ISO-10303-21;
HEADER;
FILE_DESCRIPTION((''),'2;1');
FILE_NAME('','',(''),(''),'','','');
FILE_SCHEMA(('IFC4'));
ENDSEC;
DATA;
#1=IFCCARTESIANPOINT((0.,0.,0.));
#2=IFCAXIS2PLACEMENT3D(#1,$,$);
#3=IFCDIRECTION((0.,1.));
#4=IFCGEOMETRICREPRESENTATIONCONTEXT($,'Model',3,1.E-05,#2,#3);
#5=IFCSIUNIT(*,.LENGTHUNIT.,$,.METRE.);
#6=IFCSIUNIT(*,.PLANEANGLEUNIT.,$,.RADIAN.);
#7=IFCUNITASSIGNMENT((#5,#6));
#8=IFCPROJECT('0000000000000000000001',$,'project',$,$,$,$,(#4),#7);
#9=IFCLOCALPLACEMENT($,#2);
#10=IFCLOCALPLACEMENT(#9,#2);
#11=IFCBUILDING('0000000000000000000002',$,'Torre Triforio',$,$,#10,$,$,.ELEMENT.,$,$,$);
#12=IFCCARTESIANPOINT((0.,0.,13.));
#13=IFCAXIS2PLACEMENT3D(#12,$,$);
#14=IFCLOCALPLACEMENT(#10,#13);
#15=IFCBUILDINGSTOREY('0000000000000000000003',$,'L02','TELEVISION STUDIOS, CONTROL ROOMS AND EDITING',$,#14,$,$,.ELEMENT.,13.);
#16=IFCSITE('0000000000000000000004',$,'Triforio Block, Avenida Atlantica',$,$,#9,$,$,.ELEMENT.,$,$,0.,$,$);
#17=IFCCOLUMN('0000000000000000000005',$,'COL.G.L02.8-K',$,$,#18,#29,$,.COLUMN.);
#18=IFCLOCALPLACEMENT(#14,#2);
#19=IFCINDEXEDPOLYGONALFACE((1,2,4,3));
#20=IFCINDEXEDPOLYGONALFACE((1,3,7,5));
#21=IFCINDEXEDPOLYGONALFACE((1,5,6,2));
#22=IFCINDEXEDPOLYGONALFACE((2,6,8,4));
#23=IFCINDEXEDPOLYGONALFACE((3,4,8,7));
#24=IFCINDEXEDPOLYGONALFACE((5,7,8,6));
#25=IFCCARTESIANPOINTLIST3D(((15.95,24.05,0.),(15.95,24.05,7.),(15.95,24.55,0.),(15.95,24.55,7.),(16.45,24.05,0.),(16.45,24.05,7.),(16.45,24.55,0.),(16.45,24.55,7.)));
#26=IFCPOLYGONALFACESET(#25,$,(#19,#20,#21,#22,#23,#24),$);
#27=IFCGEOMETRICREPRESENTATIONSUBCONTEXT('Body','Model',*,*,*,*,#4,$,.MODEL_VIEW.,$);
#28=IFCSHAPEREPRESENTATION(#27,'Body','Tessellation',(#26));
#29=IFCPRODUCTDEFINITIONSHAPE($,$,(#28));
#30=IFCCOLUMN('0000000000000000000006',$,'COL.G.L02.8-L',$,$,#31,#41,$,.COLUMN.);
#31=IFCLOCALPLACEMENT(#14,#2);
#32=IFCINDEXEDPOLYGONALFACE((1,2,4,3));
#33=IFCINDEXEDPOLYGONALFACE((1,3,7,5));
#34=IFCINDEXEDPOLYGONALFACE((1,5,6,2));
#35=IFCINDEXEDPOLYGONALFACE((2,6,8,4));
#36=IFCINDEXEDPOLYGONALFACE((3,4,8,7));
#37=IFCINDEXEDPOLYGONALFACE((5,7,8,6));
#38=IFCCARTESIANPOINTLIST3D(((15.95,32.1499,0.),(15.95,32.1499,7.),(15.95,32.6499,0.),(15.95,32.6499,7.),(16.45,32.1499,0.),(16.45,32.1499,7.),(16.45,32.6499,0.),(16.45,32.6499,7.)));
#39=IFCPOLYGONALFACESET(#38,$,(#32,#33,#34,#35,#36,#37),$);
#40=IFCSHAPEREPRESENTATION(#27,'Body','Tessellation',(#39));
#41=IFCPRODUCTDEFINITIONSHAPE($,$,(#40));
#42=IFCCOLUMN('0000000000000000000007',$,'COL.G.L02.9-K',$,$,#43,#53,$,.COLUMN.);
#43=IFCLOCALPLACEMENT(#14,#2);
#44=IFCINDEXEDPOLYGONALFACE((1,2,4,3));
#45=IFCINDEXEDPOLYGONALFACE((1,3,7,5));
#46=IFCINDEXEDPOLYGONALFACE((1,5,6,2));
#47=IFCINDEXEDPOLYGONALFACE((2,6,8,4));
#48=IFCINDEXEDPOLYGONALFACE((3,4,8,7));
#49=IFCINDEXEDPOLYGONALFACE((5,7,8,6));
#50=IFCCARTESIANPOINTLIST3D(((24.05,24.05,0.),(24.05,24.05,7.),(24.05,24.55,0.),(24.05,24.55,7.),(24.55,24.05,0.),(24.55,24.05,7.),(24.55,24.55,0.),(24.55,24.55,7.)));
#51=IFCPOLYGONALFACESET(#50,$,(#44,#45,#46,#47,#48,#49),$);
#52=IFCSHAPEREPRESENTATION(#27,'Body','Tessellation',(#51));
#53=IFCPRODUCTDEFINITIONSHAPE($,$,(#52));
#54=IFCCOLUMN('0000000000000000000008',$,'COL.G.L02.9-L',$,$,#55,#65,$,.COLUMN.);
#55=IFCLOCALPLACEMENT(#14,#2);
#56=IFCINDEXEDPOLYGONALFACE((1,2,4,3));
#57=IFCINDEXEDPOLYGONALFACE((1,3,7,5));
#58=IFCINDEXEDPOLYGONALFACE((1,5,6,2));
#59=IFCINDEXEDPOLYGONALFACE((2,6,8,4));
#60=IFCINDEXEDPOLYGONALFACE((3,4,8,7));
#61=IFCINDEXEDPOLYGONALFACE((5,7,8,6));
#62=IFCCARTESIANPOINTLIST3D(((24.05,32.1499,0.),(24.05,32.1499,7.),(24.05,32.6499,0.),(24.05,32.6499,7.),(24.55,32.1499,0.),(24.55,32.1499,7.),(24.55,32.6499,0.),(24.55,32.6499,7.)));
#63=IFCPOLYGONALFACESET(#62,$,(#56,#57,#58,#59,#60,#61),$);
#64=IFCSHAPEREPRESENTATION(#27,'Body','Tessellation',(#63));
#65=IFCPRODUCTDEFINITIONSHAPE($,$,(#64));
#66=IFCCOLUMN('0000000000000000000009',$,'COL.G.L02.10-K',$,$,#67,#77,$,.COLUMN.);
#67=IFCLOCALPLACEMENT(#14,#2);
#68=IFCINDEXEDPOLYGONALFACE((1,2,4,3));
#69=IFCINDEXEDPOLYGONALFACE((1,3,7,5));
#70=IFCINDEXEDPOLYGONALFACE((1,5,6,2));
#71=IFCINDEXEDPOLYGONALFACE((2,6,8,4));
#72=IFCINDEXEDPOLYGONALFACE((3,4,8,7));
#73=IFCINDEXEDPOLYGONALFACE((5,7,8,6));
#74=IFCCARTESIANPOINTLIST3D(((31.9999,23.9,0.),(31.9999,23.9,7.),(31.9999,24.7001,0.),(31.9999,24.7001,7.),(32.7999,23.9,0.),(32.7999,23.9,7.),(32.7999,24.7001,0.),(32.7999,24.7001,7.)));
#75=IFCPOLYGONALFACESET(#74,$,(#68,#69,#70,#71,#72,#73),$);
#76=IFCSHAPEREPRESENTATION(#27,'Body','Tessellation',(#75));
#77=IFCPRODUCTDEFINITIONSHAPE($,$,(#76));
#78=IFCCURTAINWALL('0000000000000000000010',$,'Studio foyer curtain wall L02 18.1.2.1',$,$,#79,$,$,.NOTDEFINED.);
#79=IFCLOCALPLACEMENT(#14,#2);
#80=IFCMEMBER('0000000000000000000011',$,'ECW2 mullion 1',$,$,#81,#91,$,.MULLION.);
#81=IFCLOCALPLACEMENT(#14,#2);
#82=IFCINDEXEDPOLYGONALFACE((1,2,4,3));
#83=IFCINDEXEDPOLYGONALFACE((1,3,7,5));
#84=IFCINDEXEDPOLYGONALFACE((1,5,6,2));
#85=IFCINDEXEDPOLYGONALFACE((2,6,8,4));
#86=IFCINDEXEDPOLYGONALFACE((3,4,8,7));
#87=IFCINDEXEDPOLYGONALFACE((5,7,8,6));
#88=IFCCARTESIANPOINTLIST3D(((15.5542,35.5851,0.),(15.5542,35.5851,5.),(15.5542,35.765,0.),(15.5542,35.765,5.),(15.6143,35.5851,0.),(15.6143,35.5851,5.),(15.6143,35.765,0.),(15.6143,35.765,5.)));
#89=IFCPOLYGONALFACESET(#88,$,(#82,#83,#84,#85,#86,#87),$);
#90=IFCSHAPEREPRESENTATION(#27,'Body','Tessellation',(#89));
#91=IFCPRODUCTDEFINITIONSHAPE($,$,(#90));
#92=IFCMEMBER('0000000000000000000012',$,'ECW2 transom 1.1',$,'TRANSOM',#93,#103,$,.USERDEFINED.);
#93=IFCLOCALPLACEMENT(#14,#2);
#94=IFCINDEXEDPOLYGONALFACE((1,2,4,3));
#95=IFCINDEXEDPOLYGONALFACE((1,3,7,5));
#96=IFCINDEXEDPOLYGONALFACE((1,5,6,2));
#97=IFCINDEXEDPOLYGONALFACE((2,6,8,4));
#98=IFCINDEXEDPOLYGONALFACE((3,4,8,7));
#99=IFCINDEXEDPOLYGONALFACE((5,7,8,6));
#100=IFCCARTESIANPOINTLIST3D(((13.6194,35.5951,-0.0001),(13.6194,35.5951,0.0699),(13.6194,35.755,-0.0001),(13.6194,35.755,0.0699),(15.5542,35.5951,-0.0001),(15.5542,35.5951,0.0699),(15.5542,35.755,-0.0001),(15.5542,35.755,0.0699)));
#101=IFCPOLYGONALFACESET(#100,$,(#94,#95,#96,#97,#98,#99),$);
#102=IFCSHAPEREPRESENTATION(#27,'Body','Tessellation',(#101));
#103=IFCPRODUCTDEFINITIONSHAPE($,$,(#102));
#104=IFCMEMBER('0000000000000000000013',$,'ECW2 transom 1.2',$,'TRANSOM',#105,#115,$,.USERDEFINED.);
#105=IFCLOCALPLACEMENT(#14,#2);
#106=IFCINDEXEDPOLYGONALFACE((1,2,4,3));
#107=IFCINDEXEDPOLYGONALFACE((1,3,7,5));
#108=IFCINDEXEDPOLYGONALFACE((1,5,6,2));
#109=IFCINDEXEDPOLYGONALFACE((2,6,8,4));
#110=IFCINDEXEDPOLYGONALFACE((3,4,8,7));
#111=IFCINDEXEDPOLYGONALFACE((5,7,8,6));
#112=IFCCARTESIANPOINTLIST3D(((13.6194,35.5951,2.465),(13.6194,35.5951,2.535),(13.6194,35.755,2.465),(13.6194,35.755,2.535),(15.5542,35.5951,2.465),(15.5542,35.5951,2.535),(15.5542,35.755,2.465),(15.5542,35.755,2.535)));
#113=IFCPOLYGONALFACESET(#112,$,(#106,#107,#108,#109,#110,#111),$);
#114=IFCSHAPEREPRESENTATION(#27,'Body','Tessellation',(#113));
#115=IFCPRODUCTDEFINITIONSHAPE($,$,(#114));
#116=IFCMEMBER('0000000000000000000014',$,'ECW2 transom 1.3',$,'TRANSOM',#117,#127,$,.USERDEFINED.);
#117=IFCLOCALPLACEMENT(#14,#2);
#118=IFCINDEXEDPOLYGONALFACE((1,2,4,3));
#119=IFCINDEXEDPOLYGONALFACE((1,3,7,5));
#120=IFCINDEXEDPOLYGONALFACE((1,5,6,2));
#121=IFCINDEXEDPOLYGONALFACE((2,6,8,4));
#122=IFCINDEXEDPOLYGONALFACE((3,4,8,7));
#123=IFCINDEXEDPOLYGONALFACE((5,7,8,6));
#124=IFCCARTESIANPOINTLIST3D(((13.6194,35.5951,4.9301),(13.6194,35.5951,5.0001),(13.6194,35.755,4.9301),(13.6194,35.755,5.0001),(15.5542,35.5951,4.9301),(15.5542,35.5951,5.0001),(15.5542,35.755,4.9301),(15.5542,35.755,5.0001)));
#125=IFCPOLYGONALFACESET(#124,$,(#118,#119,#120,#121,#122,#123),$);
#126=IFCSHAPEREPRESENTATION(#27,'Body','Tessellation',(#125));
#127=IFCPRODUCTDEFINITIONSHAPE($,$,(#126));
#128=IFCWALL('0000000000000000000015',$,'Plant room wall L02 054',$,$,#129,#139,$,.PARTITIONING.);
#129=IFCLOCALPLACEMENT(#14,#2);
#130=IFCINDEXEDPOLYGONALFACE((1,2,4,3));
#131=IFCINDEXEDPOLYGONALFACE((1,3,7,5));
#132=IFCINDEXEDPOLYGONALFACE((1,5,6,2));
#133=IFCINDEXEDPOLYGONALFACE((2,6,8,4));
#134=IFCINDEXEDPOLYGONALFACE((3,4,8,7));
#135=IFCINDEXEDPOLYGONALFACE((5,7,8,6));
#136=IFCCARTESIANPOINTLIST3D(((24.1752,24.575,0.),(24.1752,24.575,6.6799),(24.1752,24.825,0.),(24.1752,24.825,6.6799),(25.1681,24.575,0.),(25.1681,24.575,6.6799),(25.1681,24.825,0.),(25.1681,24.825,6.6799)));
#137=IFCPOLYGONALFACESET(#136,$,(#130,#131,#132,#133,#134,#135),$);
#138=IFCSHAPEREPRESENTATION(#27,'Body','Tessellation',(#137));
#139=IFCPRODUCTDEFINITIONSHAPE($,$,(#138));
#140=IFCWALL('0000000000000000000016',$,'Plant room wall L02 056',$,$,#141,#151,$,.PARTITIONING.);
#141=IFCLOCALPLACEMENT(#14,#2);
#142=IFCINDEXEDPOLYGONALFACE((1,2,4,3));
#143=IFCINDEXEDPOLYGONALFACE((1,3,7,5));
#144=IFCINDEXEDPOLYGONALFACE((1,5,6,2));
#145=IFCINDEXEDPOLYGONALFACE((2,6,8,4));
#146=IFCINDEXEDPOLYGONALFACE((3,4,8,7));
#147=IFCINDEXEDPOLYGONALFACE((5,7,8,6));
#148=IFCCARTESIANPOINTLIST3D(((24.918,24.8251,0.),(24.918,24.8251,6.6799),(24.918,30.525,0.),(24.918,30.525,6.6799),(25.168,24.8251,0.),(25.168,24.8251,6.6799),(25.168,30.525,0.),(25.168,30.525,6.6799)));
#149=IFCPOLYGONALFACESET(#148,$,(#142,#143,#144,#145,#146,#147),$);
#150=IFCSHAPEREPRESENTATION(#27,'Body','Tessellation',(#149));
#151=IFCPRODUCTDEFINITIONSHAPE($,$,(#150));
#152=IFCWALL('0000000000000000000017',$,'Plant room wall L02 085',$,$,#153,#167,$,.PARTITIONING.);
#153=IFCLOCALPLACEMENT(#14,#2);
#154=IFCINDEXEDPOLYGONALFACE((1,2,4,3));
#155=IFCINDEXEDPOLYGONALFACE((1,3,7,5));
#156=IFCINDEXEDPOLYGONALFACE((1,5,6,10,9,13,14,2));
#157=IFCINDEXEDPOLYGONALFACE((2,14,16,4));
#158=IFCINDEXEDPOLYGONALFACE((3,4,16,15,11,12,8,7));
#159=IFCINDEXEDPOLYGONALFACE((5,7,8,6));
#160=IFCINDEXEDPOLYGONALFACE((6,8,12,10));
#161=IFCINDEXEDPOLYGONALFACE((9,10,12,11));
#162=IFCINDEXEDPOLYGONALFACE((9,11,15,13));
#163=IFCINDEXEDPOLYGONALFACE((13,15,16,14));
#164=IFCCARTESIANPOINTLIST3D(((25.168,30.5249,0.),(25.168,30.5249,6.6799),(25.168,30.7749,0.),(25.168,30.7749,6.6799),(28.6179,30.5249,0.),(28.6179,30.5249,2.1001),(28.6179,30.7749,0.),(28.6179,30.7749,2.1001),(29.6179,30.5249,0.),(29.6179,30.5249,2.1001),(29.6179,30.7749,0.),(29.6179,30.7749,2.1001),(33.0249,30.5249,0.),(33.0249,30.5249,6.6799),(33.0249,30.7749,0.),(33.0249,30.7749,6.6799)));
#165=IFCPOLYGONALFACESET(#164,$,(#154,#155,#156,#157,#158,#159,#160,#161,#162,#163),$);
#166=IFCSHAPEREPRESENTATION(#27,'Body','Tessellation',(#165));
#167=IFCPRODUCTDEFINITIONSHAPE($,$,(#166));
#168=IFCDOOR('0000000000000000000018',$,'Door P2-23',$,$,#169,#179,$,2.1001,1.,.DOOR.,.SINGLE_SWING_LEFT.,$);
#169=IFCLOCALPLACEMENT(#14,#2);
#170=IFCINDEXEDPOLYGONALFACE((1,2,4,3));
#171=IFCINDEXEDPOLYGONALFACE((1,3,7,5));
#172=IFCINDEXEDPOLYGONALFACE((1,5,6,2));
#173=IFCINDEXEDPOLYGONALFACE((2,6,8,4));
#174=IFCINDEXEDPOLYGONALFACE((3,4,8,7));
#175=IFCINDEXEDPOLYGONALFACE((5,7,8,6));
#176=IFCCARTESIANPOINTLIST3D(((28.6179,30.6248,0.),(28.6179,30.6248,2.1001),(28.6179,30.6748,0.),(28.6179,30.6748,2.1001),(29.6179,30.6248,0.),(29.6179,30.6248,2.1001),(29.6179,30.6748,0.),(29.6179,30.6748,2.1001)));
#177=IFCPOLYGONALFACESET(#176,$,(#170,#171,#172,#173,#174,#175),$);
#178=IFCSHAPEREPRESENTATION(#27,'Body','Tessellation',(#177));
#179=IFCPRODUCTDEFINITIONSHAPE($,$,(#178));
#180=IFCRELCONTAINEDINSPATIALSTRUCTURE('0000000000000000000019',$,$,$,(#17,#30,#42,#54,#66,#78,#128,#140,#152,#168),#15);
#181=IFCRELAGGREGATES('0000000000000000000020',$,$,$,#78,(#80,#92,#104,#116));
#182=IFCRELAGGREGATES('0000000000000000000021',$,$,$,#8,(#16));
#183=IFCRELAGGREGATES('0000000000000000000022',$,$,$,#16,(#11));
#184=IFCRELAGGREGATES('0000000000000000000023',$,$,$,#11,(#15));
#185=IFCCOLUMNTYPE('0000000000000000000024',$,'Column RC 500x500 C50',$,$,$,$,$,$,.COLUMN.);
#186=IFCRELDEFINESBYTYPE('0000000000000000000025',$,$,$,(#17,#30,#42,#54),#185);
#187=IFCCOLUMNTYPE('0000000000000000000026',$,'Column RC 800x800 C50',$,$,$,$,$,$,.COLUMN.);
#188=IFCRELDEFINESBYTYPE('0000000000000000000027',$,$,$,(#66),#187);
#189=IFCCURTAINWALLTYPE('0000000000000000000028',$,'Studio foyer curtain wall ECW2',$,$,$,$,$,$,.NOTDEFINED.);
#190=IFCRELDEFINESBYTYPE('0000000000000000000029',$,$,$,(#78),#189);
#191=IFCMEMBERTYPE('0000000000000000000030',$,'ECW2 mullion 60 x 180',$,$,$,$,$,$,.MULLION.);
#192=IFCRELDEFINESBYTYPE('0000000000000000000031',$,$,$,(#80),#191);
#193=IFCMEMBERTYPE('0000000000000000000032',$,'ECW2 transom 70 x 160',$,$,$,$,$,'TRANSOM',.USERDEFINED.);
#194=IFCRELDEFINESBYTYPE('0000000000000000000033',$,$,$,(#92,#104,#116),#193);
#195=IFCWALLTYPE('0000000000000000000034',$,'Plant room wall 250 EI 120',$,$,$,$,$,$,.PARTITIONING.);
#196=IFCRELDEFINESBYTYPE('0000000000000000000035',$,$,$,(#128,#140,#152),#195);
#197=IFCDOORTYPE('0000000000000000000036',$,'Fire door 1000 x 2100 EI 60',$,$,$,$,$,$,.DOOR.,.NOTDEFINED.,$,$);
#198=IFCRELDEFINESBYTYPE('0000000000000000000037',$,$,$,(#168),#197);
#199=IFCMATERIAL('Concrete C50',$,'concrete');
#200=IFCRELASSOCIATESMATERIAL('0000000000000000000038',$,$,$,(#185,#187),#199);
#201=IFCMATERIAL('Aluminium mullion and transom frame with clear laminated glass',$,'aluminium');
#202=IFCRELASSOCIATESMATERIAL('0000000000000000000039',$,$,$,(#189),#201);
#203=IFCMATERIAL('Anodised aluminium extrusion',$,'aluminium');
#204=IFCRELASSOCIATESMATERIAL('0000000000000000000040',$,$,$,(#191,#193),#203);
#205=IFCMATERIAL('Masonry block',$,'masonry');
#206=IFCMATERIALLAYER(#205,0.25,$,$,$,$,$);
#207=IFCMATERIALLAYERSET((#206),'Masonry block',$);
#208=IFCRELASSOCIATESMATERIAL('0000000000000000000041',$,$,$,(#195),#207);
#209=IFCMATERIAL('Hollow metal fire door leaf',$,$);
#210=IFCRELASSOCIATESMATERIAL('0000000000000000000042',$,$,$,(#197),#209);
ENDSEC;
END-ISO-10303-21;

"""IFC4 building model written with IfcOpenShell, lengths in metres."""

from ifc_helpers import new_model, si_unit, direction, frame, frame_2d, origin, origin_2d, place, context, subcontext, project, spatial, rectangle, extrude, material, layer, layer_set, material_profile, profile_set, type_object, element, fill, aggregate, save


model = new_model("IFC4")

# Units and contexts
model_context = context("Model", 3, precision=1e-05, world=origin(), true_north=direction((0.0, 1.0)))
body_context = subcontext(model_context, "Body", "Model", "MODEL_VIEW")
ifc_project = project(units=[si_unit("LENGTHUNIT", "METRE"), si_unit("PLANEANGLEUNIT", "RADIAN")], contexts=[model_context])

# Site, building, storey
site_placement = place(None, origin())
site = spatial("IfcSite", under=ifc_project, at=site_placement, Name="Triforio Block, Avenida Atlantica", CompositionType="ELEMENT", RefElevation=0.0)
building_placement = place(site_placement, origin())
building = spatial("IfcBuilding", under=site, at=building_placement, Name="Torre Triforio", CompositionType="ELEMENT")
storey_placement = place(building_placement, frame((0.0, 0.0, 13.0)))
storey = spatial("IfcBuildingStorey", under=building, at=storey_placement, Name="L02", Description="TELEVISION STUDIOS, CONTROL ROOMS AND EDITING", CompositionType="ELEMENT", Elevation=13.0)

# Columns
ifc_material_1 = material(Name="Concrete C50", Category="concrete")
ifc_material_profile_1 = material_profile(ifc_material_1, rectangle(XDim=0.5, YDim=0.5, at=origin_2d()), Name="RC 500x500")
ifc_profile_set_1 = profile_set([ifc_material_profile_1], Name="Concrete C50")
column_type_1 = type_object("IfcColumnType", Name="Column RC 500x500 C50", PredefinedType="COLUMN", material=ifc_profile_set_1)
for number, where, z_axis, x_axis, name in (
    (1, (16.2, 24.3, 0.0), (0.0, 0.0, 1.0), (1.0, 0.0, 0.0), "COL.G.L02.8-K"),
    (2, (16.2, 32.3999, 0.0), (0.0, 0.0, 1.0), (1.0, 0.0, 0.0), "COL.G.L02.8-L"),
    (3, (24.3, 24.3, 0.0), (0.0, 0.0, 1.0), (1.0, 0.0, 0.0), "COL.G.L02.9-K"),
    (4, (24.3, 32.3999, 0.0), (0.0, 0.0, 1.0), (1.0, 0.0, 0.0), "COL.G.L02.9-L"),
):
    element("IfcColumn", number, at=place(storey_placement, frame(where, z_axis=z_axis, x_axis=x_axis)), inside=storey, type_object=column_type_1, Name=name, PredefinedType="COLUMN", context=body_context, shape_type="SweptSolid", body=[
        extrude(rectangle(XDim=0.5, YDim=0.5, at=origin_2d()), origin(), (0.0, 0.0, 1.0), 7.0),
    ])
ifc_material_profile_2 = material_profile(ifc_material_1, rectangle(XDim=0.8, YDim=0.8, at=origin_2d()), Name="RC 800x800")
ifc_profile_set_2 = profile_set([ifc_material_profile_2], Name="Concrete C50")
column_type_2 = type_object("IfcColumnType", Name="Column RC 800x800 C50", PredefinedType="COLUMN", material=ifc_profile_set_2)
column_placement = place(storey_placement, frame((32.3999, 24.3, 0.0), z_axis=(0.0, 0.0, 1.0), x_axis=(1.0, 0.0, 0.0)))
element("IfcColumn", 5, at=column_placement, inside=storey, type_object=column_type_2, Name="COL.G.L02.10-K", PredefinedType="COLUMN", context=body_context, shape_type="SweptSolid", body=[
    extrude(rectangle(XDim=0.8, YDim=0.8, at=origin_2d()), origin(), (0.0, 0.0, 1.0), 7.0),
])

# Curtain wall, members
ifc_material_2 = material(Name="Aluminium mullion and transom frame with clear laminated glass", Category="aluminium")
curtain_wall_type = type_object("IfcCurtainWallType", Name="Studio foyer curtain wall ECW2", PredefinedType="NOTDEFINED", material=ifc_material_2)
curtain_wall_placement = place(storey_placement, origin())
curtain_wall = element("IfcCurtainWall", 6, at=curtain_wall_placement, inside=storey, type_object=curtain_wall_type, Name="Studio foyer curtain wall L02 18.1.2.1", PredefinedType="NOTDEFINED")
ifc_material_3 = material(Name="Anodised aluminium extrusion", Category="aluminium")
ifc_material_profile_3 = material_profile(ifc_material_3, rectangle(XDim=0.1799, YDim=0.0601, at=origin_2d()), Name="ECW2 MULLION 60x180")
ifc_profile_set_3 = profile_set([ifc_material_profile_3], Name="Anodised aluminium extrusion")
member_type_1 = type_object("IfcMemberType", Name="ECW2 mullion 60 x 180", PredefinedType="MULLION", material=ifc_profile_set_3)
member_1_placement = place(storey_placement, frame((15.5842, 35.675, 0.0), z_axis=(0.0, 0.0, 1.0), x_axis=(0.0, -1.0, 0.0)))
member_1 = element("IfcMember", 7, at=member_1_placement, type_object=member_type_1, Name="ECW2 mullion 1", PredefinedType="MULLION", context=body_context, shape_type="SweptSolid", body=[
    extrude(rectangle(XDim=0.1799, YDim=0.0601, at=origin_2d()), origin(), (0.0, 0.0, 1.0), 5.0),
])
ifc_material_profile_4 = material_profile(ifc_material_3, rectangle(XDim=0.1599, YDim=0.0701, at=origin_2d()), Name="ECW2 TRANSOM 70x160")
ifc_profile_set_4 = profile_set([ifc_material_profile_4], Name="Anodised aluminium extrusion")
member_type_2 = type_object("IfcMemberType", Name="ECW2 transom 70 x 160", ElementType="TRANSOM", PredefinedType="USERDEFINED", material=ifc_profile_set_4)
member_2_placement = place(storey_placement, frame((15.5542, 35.675, 0.0349), z_axis=(-1.0, 0.0, 0.0), x_axis=(0.0, -1.0, 0.0)))
member_2 = element("IfcMember", 8, at=member_2_placement, type_object=member_type_2, Name="ECW2 transom 1.1", ObjectType="TRANSOM", PredefinedType="USERDEFINED", context=body_context, shape_type="SweptSolid", body=[
    extrude(rectangle(XDim=0.1599, YDim=0.0701, at=origin_2d()), origin(), (0.0, 0.0, 1.0), 1.9348),
])
member_3_placement = place(storey_placement, frame((15.5542, 35.675, 2.5), z_axis=(-1.0, 0.0, 0.0), x_axis=(0.0, -1.0, 0.0)))
member_3 = element("IfcMember", 9, at=member_3_placement, type_object=member_type_2, Name="ECW2 transom 1.2", ObjectType="TRANSOM", PredefinedType="USERDEFINED", context=body_context, shape_type="SweptSolid", body=[
    extrude(rectangle(XDim=0.1599, YDim=0.0701, at=origin_2d()), origin(), (0.0, 0.0, 1.0), 1.9348),
])
member_4_placement = place(storey_placement, frame((15.5542, 35.675, 4.9651), z_axis=(-1.0, 0.0, 0.0), x_axis=(0.0, -1.0, 0.0)))
member_4 = element("IfcMember", 10, at=member_4_placement, type_object=member_type_2, Name="ECW2 transom 1.3", ObjectType="TRANSOM", PredefinedType="USERDEFINED", context=body_context, shape_type="SweptSolid", body=[
    extrude(rectangle(XDim=0.1599, YDim=0.0701, at=origin_2d()), origin(), (0.0, 0.0, 1.0), 1.9348),
])
aggregate(curtain_wall, [member_1, member_2, member_3, member_4])

# Walls
ifc_material_4 = material(Name="Masonry block", Category="masonry")
ifc_layer_1 = layer(ifc_material_4, 0.25)
ifc_layer_set_1 = layer_set([ifc_layer_1], Name="Masonry block")
wall_type_1 = type_object("IfcWallType", Name="Plant room wall 250 EI 120", PredefinedType="PARTITIONING", material=ifc_layer_set_1)
wall_1_placement = place(storey_placement, frame((24.175, 24.7, 0.0), z_axis=(0.0, 0.0, 1.0), x_axis=(1.0, 0.0, 0.0)))
element("IfcWall", 11, at=wall_1_placement, inside=storey, type_object=wall_type_1, Name="Plant room wall L02 054", PredefinedType="PARTITIONING", context=body_context, shape_type="SweptSolid", body=[
    extrude(rectangle(XDim=0.9929, YDim=0.25, at=frame_2d((0.4966, 0.0))), origin(), (0.0, 0.0, 1.0), 6.6799),
])
wall_2_placement = place(storey_placement, frame((25.043, 24.825, 0.0), z_axis=(0.0, 0.0, 1.0), x_axis=(0.0, 1.0, 0.0)))
element("IfcWall", 12, at=wall_2_placement, inside=storey, type_object=wall_type_1, Name="Plant room wall L02 056", PredefinedType="PARTITIONING", context=body_context, shape_type="SweptSolid", body=[
    extrude(rectangle(XDim=5.7, YDim=0.25, at=frame_2d((2.8501, 0.0))), origin(), (0.0, 0.0, 1.0), 6.6799),
])

# Wall, opening, door
wall_3_placement = place(storey_placement, frame((25.168, 30.6499, 0.0), z_axis=(0.0, 0.0, 1.0), x_axis=(1.0, 0.0, 0.0)))
wall_3 = element("IfcWall", 13, at=wall_3_placement, inside=storey, type_object=wall_type_1, Name="Plant room wall L02 085", PredefinedType="PARTITIONING", context=body_context, shape_type="SweptSolid", body=[
    extrude(rectangle(XDim=7.8569, YDim=0.25, at=frame_2d((3.9285, 0.0))), origin(), (0.0, 0.0, 1.0), 6.6799),
])
opening_1_placement = place(wall_3_placement, frame((3.45, 0.0, 0.0)))
opening_1 = element("IfcOpeningElement", 14, at=opening_1_placement, cuts=wall_3, PredefinedType="OPENING", context=body_context, shape_type="SweptSolid", body=[
    extrude(rectangle(XDim=1.0, YDim=2.1001, at=frame_2d((0.5, 1.05))), frame((0.0, 0.135, 0.0), z_axis=(0.0, -1.0, 0.0), x_axis=(1.0, 0.0, 0.0)), (0.0, 0.0, 1.0), 0.27),
])
ifc_material_5 = material(Name="Hollow metal fire door leaf")
door_type = type_object("IfcDoorType", Name="Fire door 1000 x 2100 EI 60", OperationType="NOTDEFINED", PredefinedType="DOOR", material=ifc_material_5)
door_placement = place(opening_1_placement, origin())
door = element("IfcDoor", 15, at=door_placement, inside=storey, type_object=door_type, Name="Door P2-23", OperationType="SINGLE_SWING_LEFT", OverallHeight=2.1001, OverallWidth=1.0, PredefinedType="DOOR", context=body_context, shape_type="SweptSolid", body=[
    extrude(rectangle(XDim=1.0, YDim=2.1001, at=frame_2d((0.5, 1.05))), frame((0.0, 0.0249, 0.0), z_axis=(0.0, -1.0, 0.0), x_axis=(1.0, 0.0, 0.0)), (0.0, 0.0, 1.0), 0.05),
])
fill(opening_1, door)

save(model, "model.ifc")
